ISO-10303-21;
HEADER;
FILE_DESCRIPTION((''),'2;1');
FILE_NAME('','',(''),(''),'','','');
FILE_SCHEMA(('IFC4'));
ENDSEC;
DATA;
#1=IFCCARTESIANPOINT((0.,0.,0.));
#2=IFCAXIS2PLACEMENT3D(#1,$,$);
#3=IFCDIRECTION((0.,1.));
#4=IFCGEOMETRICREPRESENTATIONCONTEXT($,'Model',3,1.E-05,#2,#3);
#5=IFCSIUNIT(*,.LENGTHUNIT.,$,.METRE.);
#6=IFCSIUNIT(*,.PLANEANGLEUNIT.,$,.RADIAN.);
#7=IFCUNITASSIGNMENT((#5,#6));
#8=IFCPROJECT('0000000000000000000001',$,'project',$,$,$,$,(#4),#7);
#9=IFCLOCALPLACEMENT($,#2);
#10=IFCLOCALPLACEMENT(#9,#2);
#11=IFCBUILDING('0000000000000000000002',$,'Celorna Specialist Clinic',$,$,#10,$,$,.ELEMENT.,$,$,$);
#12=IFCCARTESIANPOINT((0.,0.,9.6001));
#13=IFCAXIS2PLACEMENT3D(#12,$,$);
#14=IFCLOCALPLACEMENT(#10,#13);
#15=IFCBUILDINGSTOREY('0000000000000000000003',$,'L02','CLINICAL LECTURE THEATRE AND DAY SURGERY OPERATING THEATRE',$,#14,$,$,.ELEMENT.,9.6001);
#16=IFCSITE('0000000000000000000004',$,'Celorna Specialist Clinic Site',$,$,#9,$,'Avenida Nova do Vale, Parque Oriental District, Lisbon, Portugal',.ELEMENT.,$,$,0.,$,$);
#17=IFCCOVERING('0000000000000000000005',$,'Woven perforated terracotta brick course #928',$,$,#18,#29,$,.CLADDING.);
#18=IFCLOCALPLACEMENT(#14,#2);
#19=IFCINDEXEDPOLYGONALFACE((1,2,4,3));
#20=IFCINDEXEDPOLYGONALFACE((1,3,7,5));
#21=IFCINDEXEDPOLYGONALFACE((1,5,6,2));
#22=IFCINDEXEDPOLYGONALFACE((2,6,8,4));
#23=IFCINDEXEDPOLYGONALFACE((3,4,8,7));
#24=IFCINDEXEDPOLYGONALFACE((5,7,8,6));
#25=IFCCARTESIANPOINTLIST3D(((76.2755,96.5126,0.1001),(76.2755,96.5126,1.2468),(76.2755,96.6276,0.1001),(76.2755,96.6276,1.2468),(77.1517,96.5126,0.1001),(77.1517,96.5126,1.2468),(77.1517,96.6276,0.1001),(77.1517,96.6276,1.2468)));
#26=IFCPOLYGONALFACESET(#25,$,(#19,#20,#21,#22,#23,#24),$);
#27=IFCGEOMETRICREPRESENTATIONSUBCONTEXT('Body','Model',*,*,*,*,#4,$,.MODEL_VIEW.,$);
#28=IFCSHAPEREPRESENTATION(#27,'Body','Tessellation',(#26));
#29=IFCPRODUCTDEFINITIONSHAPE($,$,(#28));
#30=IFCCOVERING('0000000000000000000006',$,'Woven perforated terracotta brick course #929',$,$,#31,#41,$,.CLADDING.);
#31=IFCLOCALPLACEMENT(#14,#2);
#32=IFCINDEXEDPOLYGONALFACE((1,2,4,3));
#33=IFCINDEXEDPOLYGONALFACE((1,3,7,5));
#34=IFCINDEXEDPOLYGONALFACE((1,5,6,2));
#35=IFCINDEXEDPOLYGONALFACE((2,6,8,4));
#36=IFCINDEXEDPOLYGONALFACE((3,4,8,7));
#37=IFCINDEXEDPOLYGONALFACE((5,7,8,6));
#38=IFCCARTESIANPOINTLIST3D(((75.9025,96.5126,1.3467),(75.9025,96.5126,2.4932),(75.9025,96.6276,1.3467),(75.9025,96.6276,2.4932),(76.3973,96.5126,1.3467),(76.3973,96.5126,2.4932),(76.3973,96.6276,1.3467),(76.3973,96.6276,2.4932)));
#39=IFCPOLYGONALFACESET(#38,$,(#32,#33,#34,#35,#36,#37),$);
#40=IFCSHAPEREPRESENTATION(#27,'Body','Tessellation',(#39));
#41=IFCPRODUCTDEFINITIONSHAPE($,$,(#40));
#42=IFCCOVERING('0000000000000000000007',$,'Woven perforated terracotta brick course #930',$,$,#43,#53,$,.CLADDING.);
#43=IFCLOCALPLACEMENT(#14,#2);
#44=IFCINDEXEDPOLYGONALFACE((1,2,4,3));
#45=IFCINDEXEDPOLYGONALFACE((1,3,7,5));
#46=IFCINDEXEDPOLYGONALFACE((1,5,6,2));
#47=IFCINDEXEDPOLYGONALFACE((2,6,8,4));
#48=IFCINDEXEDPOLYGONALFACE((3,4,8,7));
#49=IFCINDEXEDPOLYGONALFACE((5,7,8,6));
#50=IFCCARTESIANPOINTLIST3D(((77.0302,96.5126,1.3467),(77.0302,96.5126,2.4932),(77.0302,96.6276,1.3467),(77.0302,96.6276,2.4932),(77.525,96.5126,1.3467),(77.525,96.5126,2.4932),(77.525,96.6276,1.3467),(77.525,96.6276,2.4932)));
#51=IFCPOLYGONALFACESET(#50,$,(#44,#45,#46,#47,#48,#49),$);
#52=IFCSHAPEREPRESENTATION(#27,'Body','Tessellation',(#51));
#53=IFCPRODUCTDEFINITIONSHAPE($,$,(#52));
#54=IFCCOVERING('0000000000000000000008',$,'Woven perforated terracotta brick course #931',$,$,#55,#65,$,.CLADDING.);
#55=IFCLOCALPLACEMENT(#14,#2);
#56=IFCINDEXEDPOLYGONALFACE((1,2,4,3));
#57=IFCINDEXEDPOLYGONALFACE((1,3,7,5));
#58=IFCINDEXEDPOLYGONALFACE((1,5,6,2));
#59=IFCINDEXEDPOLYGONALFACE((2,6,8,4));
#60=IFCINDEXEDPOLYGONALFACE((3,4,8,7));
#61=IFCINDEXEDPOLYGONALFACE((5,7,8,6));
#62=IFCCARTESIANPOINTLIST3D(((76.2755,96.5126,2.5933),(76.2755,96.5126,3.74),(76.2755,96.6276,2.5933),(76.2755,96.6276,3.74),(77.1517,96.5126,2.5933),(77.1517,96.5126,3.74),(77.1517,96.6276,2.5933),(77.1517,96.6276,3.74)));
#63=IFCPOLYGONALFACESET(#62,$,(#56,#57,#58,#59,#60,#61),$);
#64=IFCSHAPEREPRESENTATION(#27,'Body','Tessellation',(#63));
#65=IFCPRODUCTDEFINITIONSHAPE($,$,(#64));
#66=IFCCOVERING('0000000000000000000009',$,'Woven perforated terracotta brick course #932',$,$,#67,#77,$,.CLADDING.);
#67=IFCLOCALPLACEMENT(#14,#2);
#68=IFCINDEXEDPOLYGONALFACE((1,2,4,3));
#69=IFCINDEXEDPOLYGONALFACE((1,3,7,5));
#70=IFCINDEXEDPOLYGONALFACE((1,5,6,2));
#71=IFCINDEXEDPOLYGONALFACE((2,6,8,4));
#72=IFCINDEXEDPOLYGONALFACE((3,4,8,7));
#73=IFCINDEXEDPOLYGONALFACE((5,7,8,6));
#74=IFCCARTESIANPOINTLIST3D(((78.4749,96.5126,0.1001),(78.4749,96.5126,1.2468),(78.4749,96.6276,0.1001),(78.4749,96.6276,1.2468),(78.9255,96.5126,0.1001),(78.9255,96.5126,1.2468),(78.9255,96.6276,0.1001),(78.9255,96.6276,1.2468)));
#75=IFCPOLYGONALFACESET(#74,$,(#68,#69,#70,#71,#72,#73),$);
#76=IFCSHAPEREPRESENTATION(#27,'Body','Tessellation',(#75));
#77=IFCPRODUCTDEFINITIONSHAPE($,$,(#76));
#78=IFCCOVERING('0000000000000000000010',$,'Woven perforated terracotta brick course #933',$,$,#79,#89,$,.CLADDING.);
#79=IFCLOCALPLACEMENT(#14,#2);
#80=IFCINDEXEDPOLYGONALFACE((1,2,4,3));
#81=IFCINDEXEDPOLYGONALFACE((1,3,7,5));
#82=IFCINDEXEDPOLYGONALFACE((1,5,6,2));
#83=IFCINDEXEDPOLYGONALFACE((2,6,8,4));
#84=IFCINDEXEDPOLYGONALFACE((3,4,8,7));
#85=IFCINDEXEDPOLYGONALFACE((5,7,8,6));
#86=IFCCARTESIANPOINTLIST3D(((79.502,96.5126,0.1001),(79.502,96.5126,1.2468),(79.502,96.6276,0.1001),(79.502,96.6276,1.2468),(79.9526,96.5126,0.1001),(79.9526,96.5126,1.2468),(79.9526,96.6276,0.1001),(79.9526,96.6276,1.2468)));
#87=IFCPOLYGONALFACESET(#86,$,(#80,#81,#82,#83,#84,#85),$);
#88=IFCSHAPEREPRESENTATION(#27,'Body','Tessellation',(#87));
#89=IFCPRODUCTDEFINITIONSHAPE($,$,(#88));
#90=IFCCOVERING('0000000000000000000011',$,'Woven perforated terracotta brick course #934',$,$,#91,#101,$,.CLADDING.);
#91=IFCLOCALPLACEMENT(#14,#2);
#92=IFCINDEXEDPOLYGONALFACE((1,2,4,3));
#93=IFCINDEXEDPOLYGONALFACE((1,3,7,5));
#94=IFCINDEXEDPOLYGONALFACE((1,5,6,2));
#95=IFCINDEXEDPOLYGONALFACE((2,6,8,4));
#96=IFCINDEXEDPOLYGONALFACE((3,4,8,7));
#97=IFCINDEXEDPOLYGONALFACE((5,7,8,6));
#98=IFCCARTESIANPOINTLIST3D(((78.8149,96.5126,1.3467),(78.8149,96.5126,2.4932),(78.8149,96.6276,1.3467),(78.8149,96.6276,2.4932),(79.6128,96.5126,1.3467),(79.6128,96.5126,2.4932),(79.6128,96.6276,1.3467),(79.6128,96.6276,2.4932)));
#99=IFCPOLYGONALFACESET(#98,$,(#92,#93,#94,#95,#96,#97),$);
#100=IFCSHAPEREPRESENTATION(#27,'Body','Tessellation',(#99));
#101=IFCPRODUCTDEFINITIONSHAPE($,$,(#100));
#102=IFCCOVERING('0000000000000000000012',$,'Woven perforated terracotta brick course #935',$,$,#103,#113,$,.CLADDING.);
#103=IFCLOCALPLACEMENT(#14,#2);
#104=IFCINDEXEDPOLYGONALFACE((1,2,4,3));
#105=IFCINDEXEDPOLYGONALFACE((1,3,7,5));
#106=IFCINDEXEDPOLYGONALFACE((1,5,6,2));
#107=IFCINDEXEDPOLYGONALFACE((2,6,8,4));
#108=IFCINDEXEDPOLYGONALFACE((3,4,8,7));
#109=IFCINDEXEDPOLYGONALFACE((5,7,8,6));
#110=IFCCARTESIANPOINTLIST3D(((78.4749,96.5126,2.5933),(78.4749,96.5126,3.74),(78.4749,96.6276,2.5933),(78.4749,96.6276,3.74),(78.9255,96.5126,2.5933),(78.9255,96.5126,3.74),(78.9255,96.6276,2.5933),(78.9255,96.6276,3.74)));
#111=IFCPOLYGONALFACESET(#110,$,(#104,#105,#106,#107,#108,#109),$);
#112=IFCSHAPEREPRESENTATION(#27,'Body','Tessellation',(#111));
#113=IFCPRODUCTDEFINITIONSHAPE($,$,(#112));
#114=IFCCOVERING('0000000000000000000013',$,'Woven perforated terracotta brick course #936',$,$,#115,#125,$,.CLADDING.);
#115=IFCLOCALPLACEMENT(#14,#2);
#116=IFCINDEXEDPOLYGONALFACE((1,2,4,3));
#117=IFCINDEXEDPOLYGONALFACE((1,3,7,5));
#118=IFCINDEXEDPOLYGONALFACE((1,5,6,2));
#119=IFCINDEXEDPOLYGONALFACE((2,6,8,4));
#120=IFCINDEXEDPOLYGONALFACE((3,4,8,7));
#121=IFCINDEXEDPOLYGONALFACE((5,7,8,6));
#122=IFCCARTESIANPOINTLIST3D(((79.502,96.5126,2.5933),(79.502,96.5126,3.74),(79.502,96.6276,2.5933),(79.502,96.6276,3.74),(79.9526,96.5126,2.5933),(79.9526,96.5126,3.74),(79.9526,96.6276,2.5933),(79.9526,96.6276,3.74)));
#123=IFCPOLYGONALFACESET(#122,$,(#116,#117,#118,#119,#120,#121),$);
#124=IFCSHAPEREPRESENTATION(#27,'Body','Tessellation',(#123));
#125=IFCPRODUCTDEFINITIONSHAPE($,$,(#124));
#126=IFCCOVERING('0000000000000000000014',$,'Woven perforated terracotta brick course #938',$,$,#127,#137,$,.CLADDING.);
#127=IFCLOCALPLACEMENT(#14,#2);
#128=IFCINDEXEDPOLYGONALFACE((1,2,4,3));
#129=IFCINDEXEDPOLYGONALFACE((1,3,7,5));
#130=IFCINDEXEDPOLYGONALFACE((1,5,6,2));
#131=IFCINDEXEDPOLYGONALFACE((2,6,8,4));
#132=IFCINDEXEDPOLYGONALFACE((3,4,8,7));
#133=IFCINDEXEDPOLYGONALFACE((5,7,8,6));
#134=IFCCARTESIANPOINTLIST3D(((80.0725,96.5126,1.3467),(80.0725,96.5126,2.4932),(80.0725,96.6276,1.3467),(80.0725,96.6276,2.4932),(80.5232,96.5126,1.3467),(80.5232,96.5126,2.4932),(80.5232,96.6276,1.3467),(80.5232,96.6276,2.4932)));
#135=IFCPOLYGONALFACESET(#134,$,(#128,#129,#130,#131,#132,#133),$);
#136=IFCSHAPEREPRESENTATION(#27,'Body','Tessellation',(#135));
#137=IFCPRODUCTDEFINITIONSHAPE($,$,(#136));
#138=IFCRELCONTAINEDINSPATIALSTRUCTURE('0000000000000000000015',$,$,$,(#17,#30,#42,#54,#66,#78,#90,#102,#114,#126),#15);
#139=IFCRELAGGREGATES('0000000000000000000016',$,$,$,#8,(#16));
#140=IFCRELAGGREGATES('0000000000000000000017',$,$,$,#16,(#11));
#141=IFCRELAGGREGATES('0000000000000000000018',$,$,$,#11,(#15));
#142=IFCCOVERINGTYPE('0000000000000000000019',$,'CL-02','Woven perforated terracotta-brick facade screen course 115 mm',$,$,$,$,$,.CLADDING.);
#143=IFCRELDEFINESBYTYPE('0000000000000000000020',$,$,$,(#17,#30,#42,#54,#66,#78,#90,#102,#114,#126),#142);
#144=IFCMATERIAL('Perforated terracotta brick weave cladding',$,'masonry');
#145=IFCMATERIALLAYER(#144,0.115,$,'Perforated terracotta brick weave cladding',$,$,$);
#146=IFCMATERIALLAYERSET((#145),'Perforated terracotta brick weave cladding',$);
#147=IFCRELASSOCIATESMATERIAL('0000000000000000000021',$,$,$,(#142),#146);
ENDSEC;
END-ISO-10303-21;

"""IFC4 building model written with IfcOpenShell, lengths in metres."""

from ifc_helpers import new_model, si_unit, direction, frame, origin, origin_2d, place, context, subcontext, project, spatial, rectangle, extrude, material, layer, layer_set, type_object, element, save


model = new_model("IFC4")

# Units and contexts
model_context = context("Model", 3, precision=1e-05, world=origin(), true_north=direction((0.0, 1.0)))
body_context = subcontext(model_context, "Body", "Model", "MODEL_VIEW")
ifc_project = project(units=[si_unit("LENGTHUNIT", "METRE"), si_unit("PLANEANGLEUNIT", "RADIAN")], contexts=[model_context])

# Site, building, storey
site_placement = place(None, origin())
site = spatial("IfcSite", under=ifc_project, at=site_placement, Name="Celorna Specialist Clinic Site", LongName="Avenida Nova do Vale, Parque Oriental District, Lisbon, Portugal", CompositionType="ELEMENT", RefElevation=0.0)
building_placement = place(site_placement, origin())
building = spatial("IfcBuilding", under=site, at=building_placement, Name="Celorna Specialist Clinic", CompositionType="ELEMENT")
storey_placement = place(building_placement, frame((0.0, 0.0, 9.6001)))
storey = spatial("IfcBuildingStorey", under=building, at=storey_placement, Name="L02", Description="CLINICAL LECTURE THEATRE AND DAY SURGERY OPERATING THEATRE", CompositionType="ELEMENT", Elevation=9.6001)

# Coverings
ifc_material_1 = material(Name="Perforated terracotta brick weave cladding", Category="masonry")
ifc_layer_1 = layer(ifc_material_1, 0.115, Name="Perforated terracotta brick weave cladding")
ifc_layer_set_1 = layer_set([ifc_layer_1], Name="Perforated terracotta brick weave cladding")
covering_type = type_object("IfcCoveringType", Name="CL-02", Description="Woven perforated terracotta-brick facade screen course 115 mm", PredefinedType="CLADDING", material=ifc_layer_set_1)
covering_1_placement = place(storey_placement, frame((76.7136, 96.5701, 0.1001), z_axis=(0.0, 0.0, 1.0), x_axis=(1.0, 0.0, 0.0)))
element("IfcCovering", 1, at=covering_1_placement, inside=storey, type_object=covering_type, Name="Woven perforated terracotta brick course #928", PredefinedType="CLADDING", context=body_context, shape_type="SweptSolid", body=[
    extrude(rectangle(XDim=0.8762, YDim=0.115, at=origin_2d()), origin(), (0.0, 0.0, 1.0), 1.1467),
])
for number, where, z_axis, x_axis, name in (
    (2, (76.1499, 96.5701, 1.3467), (0.0, 0.0, 1.0), (1.0, 0.0, 0.0), "Woven perforated terracotta brick course #929"),
    (3, (77.2776, 96.5701, 1.3467), (0.0, 0.0, 1.0), (1.0, 0.0, 0.0), "Woven perforated terracotta brick course #930"),
):
    element("IfcCovering", number, at=place(storey_placement, frame(where, z_axis=z_axis, x_axis=x_axis)), inside=storey, type_object=covering_type, Name=name, PredefinedType="CLADDING", context=body_context, shape_type="SweptSolid", body=[
        extrude(rectangle(XDim=0.4949, YDim=0.115, at=origin_2d()), origin(), (0.0, 0.0, 1.0), 1.1465),
    ])
covering_2_placement = place(storey_placement, frame((76.7136, 96.5701, 2.5933), z_axis=(0.0, 0.0, 1.0), x_axis=(1.0, 0.0, 0.0)))
element("IfcCovering", 4, at=covering_2_placement, inside=storey, type_object=covering_type, Name="Woven perforated terracotta brick course #931", PredefinedType="CLADDING", context=body_context, shape_type="SweptSolid", body=[
    extrude(rectangle(XDim=0.8762, YDim=0.115, at=origin_2d()), origin(), (0.0, 0.0, 1.0), 1.1467),
])
for number, where, z_axis, x_axis, name in (
    (5, (78.7002, 96.5701, 0.1001), (0.0, 0.0, 1.0), (1.0, 0.0, 0.0), "Woven perforated terracotta brick course #932"),
    (6, (79.7273, 96.5701, 0.1001), (0.0, 0.0, 1.0), (1.0, 0.0, 0.0), "Woven perforated terracotta brick course #933"),
):
    element("IfcCovering", number, at=place(storey_placement, frame(where, z_axis=z_axis, x_axis=x_axis)), inside=storey, type_object=covering_type, Name=name, PredefinedType="CLADDING", context=body_context, shape_type="SweptSolid", body=[
        extrude(rectangle(XDim=0.4507, YDim=0.115, at=origin_2d()), origin(), (0.0, 0.0, 1.0), 1.1467),
    ])
covering_3_placement = place(storey_placement, frame((79.2139, 96.5701, 1.3467), z_axis=(0.0, 0.0, 1.0), x_axis=(1.0, 0.0, 0.0)))
element("IfcCovering", 7, at=covering_3_placement, inside=storey, type_object=covering_type, Name="Woven perforated terracotta brick course #934", PredefinedType="CLADDING", context=body_context, shape_type="SweptSolid", body=[
    extrude(rectangle(XDim=0.7979, YDim=0.115, at=origin_2d()), origin(), (0.0, 0.0, 1.0), 1.1465),
])
for number, where, z_axis, x_axis, name in (
    (8, (78.7002, 96.5701, 2.5933), (0.0, 0.0, 1.0), (1.0, 0.0, 0.0), "Woven perforated terracotta brick course #935"),
    (9, (79.7273, 96.5701, 2.5933), (0.0, 0.0, 1.0), (1.0, 0.0, 0.0), "Woven perforated terracotta brick course #936"),
):
    element("IfcCovering", number, at=place(storey_placement, frame(where, z_axis=z_axis, x_axis=x_axis)), inside=storey, type_object=covering_type, Name=name, PredefinedType="CLADDING", context=body_context, shape_type="SweptSolid", body=[
        extrude(rectangle(XDim=0.4507, YDim=0.115, at=origin_2d()), origin(), (0.0, 0.0, 1.0), 1.1467),
    ])
covering_4_placement = place(storey_placement, frame((80.2979, 96.5701, 1.3467), z_axis=(0.0, 0.0, 1.0), x_axis=(1.0, 0.0, 0.0)))
element("IfcCovering", 10, at=covering_4_placement, inside=storey, type_object=covering_type, Name="Woven perforated terracotta brick course #938", PredefinedType="CLADDING", context=body_context, shape_type="SweptSolid", body=[
    extrude(rectangle(XDim=0.4507, YDim=0.115, at=origin_2d()), origin(), (0.0, 0.0, 1.0), 1.1465),
])

save(model, "model.ifc")
